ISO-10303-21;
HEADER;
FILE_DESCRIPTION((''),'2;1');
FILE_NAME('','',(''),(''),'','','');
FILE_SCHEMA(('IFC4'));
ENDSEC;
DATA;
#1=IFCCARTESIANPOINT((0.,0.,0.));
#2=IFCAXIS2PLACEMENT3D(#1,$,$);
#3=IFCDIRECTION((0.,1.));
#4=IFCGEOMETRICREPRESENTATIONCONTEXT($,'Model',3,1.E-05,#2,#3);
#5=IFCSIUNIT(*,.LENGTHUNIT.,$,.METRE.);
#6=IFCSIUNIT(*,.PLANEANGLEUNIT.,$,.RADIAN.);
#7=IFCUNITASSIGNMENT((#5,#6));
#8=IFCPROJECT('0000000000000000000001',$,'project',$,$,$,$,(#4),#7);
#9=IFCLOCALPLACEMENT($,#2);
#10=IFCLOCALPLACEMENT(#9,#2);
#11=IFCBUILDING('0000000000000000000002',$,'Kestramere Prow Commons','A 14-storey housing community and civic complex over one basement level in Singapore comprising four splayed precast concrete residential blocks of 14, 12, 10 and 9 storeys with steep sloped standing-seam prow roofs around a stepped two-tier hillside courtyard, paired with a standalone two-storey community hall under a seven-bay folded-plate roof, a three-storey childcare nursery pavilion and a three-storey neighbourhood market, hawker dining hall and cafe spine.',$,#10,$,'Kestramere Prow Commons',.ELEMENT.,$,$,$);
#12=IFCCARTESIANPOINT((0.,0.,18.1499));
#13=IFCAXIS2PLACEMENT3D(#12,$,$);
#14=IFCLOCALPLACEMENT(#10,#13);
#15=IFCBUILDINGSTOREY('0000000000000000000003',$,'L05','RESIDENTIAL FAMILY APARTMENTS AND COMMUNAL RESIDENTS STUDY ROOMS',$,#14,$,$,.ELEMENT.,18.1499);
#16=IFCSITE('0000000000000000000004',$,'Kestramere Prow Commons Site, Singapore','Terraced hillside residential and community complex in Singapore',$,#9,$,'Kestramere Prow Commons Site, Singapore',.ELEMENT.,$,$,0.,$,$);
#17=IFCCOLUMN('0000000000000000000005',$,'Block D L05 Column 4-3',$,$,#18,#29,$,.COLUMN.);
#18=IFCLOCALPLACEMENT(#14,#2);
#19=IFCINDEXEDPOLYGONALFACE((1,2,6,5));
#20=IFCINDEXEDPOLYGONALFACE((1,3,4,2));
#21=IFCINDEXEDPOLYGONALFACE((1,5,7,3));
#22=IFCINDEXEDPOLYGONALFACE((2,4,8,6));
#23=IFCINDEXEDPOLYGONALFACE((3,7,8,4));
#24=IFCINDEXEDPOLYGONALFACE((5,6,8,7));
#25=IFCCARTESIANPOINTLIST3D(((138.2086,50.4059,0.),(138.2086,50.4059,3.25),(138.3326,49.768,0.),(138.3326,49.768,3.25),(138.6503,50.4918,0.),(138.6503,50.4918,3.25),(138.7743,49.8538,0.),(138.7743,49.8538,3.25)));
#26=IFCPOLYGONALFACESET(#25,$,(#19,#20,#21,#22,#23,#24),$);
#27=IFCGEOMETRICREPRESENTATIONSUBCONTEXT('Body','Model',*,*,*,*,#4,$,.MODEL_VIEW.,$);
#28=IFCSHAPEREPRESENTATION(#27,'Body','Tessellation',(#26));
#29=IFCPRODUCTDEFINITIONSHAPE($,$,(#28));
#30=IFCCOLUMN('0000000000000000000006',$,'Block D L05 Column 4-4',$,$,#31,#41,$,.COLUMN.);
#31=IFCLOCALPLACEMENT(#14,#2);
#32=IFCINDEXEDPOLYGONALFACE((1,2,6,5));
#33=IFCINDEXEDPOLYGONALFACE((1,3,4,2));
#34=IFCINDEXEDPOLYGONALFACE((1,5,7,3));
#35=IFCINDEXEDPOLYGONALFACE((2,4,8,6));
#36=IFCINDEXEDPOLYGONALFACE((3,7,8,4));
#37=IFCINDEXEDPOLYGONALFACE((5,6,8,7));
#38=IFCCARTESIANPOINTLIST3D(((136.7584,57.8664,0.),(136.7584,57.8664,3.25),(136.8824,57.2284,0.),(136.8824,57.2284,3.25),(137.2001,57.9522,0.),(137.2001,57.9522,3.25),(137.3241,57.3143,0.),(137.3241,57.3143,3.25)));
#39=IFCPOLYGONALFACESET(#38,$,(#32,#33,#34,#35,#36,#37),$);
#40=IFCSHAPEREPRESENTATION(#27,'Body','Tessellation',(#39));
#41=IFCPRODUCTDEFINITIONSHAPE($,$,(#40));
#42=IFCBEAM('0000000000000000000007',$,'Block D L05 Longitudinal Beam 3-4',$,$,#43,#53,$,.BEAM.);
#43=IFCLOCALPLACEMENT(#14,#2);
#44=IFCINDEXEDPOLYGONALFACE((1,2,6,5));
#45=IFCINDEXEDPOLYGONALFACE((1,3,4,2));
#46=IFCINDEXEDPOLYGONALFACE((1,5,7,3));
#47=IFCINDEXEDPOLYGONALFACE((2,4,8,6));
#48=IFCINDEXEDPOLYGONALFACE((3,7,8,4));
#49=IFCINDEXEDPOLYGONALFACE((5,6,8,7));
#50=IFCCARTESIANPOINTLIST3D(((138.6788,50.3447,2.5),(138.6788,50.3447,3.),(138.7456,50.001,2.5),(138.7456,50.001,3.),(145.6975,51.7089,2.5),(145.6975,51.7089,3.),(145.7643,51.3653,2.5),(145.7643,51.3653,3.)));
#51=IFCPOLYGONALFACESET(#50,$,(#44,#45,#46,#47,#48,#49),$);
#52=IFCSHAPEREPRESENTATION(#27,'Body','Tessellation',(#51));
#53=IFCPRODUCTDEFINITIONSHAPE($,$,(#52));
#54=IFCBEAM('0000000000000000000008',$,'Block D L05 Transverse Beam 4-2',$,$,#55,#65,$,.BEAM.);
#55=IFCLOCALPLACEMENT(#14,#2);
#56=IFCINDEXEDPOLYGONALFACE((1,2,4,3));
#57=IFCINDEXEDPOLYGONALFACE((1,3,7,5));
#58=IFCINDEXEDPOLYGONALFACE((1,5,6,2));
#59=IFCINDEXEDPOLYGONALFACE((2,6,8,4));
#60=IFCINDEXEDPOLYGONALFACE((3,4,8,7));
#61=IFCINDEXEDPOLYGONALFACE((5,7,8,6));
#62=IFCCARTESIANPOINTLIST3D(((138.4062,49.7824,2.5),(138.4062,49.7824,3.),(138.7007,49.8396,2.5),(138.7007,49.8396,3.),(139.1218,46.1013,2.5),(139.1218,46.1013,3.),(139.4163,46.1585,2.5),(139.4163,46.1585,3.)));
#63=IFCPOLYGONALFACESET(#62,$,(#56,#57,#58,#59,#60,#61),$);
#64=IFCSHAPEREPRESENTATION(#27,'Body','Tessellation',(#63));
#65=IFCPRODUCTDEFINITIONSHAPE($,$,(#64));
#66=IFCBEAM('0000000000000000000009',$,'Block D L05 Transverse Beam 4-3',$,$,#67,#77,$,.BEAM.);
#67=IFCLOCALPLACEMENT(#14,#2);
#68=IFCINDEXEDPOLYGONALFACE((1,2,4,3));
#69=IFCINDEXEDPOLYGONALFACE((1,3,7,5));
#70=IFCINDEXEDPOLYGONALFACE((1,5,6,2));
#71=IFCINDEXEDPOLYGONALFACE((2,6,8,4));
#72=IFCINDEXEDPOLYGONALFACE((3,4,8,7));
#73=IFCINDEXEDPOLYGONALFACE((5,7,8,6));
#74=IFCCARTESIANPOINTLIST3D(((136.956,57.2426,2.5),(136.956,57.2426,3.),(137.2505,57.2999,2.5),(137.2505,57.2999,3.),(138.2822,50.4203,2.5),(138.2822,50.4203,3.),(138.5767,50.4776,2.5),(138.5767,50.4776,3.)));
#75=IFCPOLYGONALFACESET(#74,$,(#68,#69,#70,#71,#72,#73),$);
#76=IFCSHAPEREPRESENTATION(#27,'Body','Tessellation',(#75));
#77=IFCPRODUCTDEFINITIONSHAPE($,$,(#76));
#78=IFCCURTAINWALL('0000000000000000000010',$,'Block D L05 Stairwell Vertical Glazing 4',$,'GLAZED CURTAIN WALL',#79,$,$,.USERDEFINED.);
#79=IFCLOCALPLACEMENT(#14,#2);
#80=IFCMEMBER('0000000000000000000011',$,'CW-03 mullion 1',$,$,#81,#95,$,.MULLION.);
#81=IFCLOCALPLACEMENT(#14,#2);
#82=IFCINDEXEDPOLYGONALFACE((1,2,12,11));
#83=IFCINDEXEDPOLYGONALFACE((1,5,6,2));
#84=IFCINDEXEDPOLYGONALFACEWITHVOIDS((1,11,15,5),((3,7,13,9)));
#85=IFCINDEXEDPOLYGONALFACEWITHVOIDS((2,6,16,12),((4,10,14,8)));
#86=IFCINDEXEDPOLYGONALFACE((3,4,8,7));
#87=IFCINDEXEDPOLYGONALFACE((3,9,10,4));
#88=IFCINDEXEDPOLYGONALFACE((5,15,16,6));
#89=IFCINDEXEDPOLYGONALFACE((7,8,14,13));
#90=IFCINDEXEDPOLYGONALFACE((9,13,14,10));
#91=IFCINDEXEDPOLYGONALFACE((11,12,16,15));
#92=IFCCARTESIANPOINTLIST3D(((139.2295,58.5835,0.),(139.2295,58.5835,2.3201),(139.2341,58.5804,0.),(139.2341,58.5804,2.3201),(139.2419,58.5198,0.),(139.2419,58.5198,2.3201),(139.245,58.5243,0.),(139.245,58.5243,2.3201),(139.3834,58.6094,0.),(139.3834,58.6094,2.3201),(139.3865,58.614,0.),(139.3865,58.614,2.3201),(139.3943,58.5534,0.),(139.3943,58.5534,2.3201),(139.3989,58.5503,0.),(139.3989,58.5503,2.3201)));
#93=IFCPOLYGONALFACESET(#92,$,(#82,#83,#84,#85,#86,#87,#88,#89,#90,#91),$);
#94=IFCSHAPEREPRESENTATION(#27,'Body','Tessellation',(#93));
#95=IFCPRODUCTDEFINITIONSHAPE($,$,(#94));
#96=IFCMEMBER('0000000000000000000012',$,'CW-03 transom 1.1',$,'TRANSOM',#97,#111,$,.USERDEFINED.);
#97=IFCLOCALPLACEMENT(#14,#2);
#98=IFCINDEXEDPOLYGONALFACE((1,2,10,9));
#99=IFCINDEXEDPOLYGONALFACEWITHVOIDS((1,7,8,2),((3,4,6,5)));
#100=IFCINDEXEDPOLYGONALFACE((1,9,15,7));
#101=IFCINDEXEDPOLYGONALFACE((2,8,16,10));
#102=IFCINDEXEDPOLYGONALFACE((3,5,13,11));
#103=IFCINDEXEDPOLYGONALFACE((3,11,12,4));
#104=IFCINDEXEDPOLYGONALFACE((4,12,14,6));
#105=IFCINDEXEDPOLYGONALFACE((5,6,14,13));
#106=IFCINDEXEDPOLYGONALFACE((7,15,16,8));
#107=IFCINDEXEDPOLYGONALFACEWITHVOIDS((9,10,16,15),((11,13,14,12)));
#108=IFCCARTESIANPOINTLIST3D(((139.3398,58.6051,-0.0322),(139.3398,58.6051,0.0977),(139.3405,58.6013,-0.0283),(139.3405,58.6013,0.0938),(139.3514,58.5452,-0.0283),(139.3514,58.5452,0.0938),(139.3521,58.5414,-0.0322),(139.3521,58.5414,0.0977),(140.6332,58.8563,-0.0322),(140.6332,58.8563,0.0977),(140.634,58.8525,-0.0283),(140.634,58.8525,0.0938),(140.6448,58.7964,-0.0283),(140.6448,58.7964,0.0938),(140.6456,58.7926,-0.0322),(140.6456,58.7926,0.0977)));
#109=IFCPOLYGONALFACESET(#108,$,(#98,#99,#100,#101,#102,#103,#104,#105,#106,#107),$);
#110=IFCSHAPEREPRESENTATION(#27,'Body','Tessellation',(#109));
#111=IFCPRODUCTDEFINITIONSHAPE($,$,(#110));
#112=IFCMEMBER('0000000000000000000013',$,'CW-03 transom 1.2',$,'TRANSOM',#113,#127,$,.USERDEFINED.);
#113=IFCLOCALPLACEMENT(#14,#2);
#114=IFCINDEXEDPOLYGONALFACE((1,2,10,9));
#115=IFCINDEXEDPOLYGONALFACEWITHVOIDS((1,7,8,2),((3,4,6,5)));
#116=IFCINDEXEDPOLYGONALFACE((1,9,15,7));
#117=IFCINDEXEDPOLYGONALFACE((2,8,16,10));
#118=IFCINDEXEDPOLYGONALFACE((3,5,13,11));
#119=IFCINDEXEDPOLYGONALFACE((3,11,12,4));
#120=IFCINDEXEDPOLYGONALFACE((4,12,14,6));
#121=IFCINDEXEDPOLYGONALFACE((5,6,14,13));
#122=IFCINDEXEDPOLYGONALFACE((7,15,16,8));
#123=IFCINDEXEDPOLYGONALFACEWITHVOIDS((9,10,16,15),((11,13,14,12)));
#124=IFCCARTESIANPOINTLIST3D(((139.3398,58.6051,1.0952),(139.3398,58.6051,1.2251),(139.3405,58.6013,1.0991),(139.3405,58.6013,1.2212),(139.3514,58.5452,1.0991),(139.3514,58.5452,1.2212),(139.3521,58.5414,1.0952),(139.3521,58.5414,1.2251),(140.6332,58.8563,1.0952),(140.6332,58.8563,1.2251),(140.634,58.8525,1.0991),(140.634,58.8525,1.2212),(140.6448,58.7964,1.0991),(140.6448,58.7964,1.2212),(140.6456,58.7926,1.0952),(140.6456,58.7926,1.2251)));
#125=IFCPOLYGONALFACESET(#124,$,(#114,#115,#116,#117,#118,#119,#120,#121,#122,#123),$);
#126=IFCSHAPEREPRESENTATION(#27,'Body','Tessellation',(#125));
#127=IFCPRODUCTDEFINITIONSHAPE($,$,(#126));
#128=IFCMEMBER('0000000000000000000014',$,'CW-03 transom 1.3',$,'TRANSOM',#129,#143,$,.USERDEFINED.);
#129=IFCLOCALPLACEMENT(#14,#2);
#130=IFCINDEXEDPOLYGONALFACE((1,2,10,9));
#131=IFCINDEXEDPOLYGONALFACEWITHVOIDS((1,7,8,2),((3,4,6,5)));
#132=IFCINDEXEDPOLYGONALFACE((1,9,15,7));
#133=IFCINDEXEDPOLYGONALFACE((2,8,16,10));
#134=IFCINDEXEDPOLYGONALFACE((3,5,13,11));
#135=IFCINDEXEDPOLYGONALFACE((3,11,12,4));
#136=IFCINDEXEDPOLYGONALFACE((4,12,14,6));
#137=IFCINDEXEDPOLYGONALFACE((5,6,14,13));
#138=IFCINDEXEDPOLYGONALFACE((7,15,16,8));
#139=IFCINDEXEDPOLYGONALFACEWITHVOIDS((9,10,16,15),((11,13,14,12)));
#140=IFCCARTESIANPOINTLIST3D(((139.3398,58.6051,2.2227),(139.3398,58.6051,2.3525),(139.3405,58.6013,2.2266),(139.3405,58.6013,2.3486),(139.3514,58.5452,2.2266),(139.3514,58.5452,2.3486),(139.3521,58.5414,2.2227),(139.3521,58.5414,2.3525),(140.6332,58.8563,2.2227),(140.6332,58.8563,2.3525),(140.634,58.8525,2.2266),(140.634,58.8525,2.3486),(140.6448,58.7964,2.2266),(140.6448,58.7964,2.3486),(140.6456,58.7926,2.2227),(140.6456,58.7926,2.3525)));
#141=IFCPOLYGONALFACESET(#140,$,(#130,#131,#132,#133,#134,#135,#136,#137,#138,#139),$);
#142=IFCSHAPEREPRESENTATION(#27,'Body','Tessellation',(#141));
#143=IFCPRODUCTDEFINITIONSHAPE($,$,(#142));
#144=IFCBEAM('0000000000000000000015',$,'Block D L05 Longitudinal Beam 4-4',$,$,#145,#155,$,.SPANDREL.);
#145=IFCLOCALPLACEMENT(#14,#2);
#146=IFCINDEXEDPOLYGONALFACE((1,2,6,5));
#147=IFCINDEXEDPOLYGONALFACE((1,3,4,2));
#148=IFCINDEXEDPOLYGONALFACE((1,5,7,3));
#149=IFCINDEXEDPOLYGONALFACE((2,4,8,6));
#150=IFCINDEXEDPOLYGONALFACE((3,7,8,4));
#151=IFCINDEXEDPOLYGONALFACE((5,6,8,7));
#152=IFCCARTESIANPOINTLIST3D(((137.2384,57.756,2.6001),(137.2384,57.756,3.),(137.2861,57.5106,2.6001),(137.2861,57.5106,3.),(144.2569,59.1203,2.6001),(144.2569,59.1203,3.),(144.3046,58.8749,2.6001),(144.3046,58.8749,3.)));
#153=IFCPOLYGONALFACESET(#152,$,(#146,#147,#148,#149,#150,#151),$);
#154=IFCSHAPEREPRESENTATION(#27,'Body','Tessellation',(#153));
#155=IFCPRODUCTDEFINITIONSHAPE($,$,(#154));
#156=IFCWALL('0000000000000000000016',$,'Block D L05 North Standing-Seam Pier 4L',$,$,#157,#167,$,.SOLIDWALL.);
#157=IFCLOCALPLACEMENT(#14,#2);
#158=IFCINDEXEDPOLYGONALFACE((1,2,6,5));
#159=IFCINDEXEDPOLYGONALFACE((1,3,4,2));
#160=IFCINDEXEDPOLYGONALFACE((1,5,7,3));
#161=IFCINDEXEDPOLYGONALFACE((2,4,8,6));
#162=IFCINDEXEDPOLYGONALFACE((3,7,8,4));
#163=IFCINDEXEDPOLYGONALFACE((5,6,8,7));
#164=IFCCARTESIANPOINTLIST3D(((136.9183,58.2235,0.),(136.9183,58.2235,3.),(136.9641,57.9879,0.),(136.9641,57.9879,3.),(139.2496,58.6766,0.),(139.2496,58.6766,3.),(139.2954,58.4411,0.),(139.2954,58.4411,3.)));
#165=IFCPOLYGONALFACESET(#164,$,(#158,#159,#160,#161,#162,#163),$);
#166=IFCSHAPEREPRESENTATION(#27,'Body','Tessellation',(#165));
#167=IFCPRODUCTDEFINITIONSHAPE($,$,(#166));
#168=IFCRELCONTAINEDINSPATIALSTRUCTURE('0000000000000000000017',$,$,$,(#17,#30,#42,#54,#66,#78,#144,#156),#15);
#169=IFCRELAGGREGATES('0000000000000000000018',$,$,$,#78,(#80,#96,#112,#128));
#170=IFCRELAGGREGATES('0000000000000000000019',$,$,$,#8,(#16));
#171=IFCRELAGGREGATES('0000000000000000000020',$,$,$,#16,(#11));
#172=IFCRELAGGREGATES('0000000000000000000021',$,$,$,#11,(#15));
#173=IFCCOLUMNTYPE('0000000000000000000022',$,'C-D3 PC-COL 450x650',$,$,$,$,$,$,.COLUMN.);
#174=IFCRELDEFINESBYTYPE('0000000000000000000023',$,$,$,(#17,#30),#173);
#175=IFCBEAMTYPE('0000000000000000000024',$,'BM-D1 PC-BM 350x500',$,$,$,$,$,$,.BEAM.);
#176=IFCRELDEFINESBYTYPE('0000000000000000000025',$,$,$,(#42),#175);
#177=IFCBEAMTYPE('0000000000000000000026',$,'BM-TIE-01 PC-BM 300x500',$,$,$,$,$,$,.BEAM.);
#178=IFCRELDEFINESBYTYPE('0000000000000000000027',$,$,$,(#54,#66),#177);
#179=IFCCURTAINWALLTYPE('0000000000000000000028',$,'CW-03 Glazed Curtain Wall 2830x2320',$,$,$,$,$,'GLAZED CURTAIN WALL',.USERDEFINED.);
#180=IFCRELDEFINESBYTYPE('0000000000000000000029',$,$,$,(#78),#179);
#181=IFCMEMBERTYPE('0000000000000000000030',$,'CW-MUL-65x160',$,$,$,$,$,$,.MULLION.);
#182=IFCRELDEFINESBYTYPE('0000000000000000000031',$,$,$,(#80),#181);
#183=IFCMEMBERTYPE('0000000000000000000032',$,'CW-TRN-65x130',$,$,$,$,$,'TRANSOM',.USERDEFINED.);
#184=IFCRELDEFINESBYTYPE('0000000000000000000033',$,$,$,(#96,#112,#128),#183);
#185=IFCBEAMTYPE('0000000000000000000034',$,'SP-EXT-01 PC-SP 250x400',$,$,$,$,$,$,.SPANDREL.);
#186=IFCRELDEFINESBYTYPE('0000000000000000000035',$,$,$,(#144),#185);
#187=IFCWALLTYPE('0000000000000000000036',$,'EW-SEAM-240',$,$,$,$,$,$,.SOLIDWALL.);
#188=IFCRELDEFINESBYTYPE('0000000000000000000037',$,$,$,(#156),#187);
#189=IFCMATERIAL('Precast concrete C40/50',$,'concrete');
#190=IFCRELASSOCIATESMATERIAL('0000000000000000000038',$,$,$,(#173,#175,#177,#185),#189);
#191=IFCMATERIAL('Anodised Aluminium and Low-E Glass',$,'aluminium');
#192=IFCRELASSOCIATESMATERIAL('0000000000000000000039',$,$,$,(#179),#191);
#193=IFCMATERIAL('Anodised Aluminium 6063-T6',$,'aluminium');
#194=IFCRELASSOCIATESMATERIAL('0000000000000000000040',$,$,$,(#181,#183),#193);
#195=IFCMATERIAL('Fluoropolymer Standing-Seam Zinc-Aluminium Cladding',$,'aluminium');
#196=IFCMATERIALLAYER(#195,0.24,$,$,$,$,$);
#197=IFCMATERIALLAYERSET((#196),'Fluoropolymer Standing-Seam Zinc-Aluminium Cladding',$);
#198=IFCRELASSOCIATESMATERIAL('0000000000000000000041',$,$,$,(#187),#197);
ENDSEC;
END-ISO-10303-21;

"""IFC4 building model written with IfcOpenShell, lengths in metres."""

from ifc_helpers import new_model, si_unit, direction, frame, frame_2d, origin, origin_2d, place, context, subcontext, project, spatial, rectangle, hollow_rectangle, extrude, material, layer, layer_set, material_profile, profile_set, type_object, element, aggregate, save


model = new_model("IFC4")

# Units and contexts
model_context = context("Model", 3, precision=1e-05, world=origin(), true_north=direction((0.0, 1.0)))
body_context = subcontext(model_context, "Body", "Model", "MODEL_VIEW")
ifc_project = project(units=[si_unit("LENGTHUNIT", "METRE"), si_unit("PLANEANGLEUNIT", "RADIAN")], contexts=[model_context])

# Site, building, storey
site_placement = place(None, origin())
site = spatial("IfcSite", under=ifc_project, at=site_placement, Name="Kestramere Prow Commons Site, Singapore", Description="Terraced hillside residential and community complex in Singapore", LongName="Kestramere Prow Commons Site, Singapore", CompositionType="ELEMENT", RefElevation=0.0)
building_placement = place(site_placement, origin())
building = spatial("IfcBuilding", under=site, at=building_placement, Name="Kestramere Prow Commons", Description="A 14-storey housing community and civic complex over one basement level in Singapore comprising four splayed precast concrete residential blocks of 14, 12, 10 and 9 storeys with steep sloped standing-seam prow roofs around a stepped two-tier hillside courtyard, paired with a standalone two-storey community hall under a seven-bay folded-plate roof, a three-storey childcare nursery pavilion and a three-storey neighbourhood market, hawker dining hall and cafe spine.", LongName="Kestramere Prow Commons", CompositionType="ELEMENT")
storey_placement = place(building_placement, frame((0.0, 0.0, 18.1499)))
storey = spatial("IfcBuildingStorey", under=building, at=storey_placement, Name="L05", Description="RESIDENTIAL FAMILY APARTMENTS AND COMMUNAL RESIDENTS STUDY ROOMS", CompositionType="ELEMENT", Elevation=18.1499)

# Columns
ifc_material_1 = material(Name="Precast concrete C40/50", Category="concrete")
ifc_material_profile_1 = material_profile(ifc_material_1, rectangle(XDim=0.45, YDim=0.6499, at=origin_2d()), Name="PC-COL 450x650")
ifc_profile_set_1 = profile_set([ifc_material_profile_1], Name="Precast concrete C40/50")
column_type = type_object("IfcColumnType", Name="C-D3 PC-COL 450x650", PredefinedType="COLUMN", material=ifc_profile_set_1)
for number, where, z_axis, x_axis, name in (
    (1, (138.4915, 50.1299, 0.0), (0.0, 0.0, 1.0), (0.981627, 0.190809, 0.0), "Block D L05 Column 4-3"),
    (2, (137.0413, 57.5903, 0.0), (0.0, 0.0, 1.0), (0.981627, 0.190809, 0.0), "Block D L05 Column 4-4"),
):
    element("IfcColumn", number, at=place(storey_placement, frame(where, z_axis=z_axis, x_axis=x_axis)), inside=storey, type_object=column_type, Name=name, PredefinedType="COLUMN", context=body_context, shape_type="SweptSolid", body=[
        extrude(rectangle(XDim=0.45, YDim=0.6499, at=origin_2d()), origin(), (0.0, 0.0, 1.0), 3.25),
    ])

# Beams
ifc_material_profile_2 = material_profile(ifc_material_1, rectangle(XDim=0.3501, YDim=0.5, at=origin_2d()), Name="PC-BM 350x500")
ifc_profile_set_2 = profile_set([ifc_material_profile_2], Name="Precast concrete C40/50")
beam_type_1 = type_object("IfcBeamType", Name="BM-D1 PC-BM 350x500", PredefinedType="BEAM", material=ifc_profile_set_2)
beam_1_placement = place(storey_placement, frame((138.7122, 50.1729, 2.75), z_axis=(0.981629, 0.190801, 0.0), x_axis=(-0.190801, 0.981629, 0.0)))
element("IfcBeam", 3, at=beam_1_placement, inside=storey, type_object=beam_type_1, Name="Block D L05 Longitudinal Beam 3-4", PredefinedType="BEAM", context=body_context, shape_type="SweptSolid", body=[
    extrude(rectangle(XDim=0.3501, YDim=0.5, at=origin_2d()), origin(), (0.0, 0.0, 1.0), 7.1501),
])
ifc_material_profile_3 = material_profile(ifc_material_1, rectangle(XDim=0.3, YDim=0.5, at=origin_2d()), Name="PC-BM 300x500")
ifc_profile_set_3 = profile_set([ifc_material_profile_3], Name="Precast concrete C40/50")
beam_type_2 = type_object("IfcBeamType", Name="BM-TIE-01 PC-BM 300x500", PredefinedType="BEAM", material=ifc_profile_set_3)
beam_2_placement = place(storey_placement, frame((139.269, 46.1299, 2.75), z_axis=(-0.190817, 0.981626, 0.0), x_axis=(-0.981626, -0.190817, 0.0)))
element("IfcBeam", 4, at=beam_2_placement, inside=storey, type_object=beam_type_2, Name="Block D L05 Transverse Beam 4-2", PredefinedType="BEAM", context=body_context, shape_type="SweptSolid", body=[
    extrude(rectangle(XDim=0.3, YDim=0.5, at=origin_2d()), origin(), (0.0, 0.0, 1.0), 3.75),
])
beam_3_placement = place(storey_placement, frame((138.4294, 50.449, 2.75), z_axis=(-0.190817, 0.981626, 0.0), x_axis=(-0.981626, -0.190817, 0.0)))
element("IfcBeam", 5, at=beam_3_placement, inside=storey, type_object=beam_type_2, Name="Block D L05 Transverse Beam 4-3", PredefinedType="BEAM", context=body_context, shape_type="SweptSolid", body=[
    extrude(rectangle(XDim=0.3, YDim=0.5, at=origin_2d()), origin(), (0.0, 0.0, 1.0), 6.95),
])

# Curtain wall, members
ifc_material_2 = material(Name="Anodised Aluminium and Low-E Glass", Category="aluminium")
curtain_wall_type = type_object("IfcCurtainWallType", Name="CW-03 Glazed Curtain Wall 2830x2320", ElementType="GLAZED CURTAIN WALL", PredefinedType="USERDEFINED", material=ifc_material_2)
curtain_wall_placement = place(storey_placement, origin())
curtain_wall = element("IfcCurtainWall", 6, at=curtain_wall_placement, inside=storey, type_object=curtain_wall_type, Name="Block D L05 Stairwell Vertical Glazing 4", ObjectType="GLAZED CURTAIN WALL", PredefinedType="USERDEFINED")
ifc_material_3 = material(Name="Anodised Aluminium 6063-T6", Category="aluminium")
ifc_material_profile_4 = material_profile(ifc_material_3, hollow_rectangle(XDim=0.0649, YDim=0.1599, WallThickness=0.0039, at=origin_2d()), Name="ALU-MUL 65x160")
ifc_profile_set_4 = profile_set([ifc_material_profile_4], Name="Anodised Aluminium 6063-T6")
member_type_1 = type_object("IfcMemberType", Name="CW-MUL-65x160", PredefinedType="MULLION", material=ifc_profile_set_4)
member_1_placement = place(storey_placement, frame((139.3142, 58.5669, 0.0), z_axis=(0.0, 0.0, 1.0), x_axis=(-0.190809, 0.981627, 0.0)))
member_1 = element("IfcMember", 7, at=member_1_placement, type_object=member_type_1, Name="CW-03 mullion 1", PredefinedType="MULLION", context=body_context, shape_type="SweptSolid", body=[
    extrude(hollow_rectangle(XDim=0.0649, YDim=0.1599, WallThickness=0.0039, at=origin_2d()), origin(), (0.0, 0.0, 1.0), 2.3201),
])
ifc_material_profile_5 = material_profile(ifc_material_3, hollow_rectangle(XDim=0.0649, YDim=0.1299, WallThickness=0.0039, at=origin_2d()), Name="ALU-TRN 65x130")
ifc_profile_set_5 = profile_set([ifc_material_profile_5], Name="Anodised Aluminium 6063-T6")
member_type_2 = type_object("IfcMemberType", Name="CW-TRN-65x130", ElementType="TRANSOM", PredefinedType="USERDEFINED", material=ifc_profile_set_5)
member_2_placement = place(storey_placement, frame((139.3459, 58.5732, 0.0327), z_axis=(0.981656, 0.190661, 0.0), x_axis=(-0.190661, 0.981656, 0.0)))
member_2 = element("IfcMember", 8, at=member_2_placement, type_object=member_type_2, Name="CW-03 transom 1.1", ObjectType="TRANSOM", PredefinedType="USERDEFINED", context=body_context, shape_type="SweptSolid", body=[
    extrude(hollow_rectangle(XDim=0.0649, YDim=0.1299, WallThickness=0.0039, at=origin_2d()), origin(), (0.0, 0.0, 1.0), 1.3176),
])
member_3_placement = place(storey_placement, frame((139.3459, 58.5732, 1.1602), z_axis=(0.981656, 0.190661, 0.0), x_axis=(-0.190661, 0.981656, 0.0)))
member_3 = element("IfcMember", 9, at=member_3_placement, type_object=member_type_2, Name="CW-03 transom 1.2", ObjectType="TRANSOM", PredefinedType="USERDEFINED", context=body_context, shape_type="SweptSolid", body=[
    extrude(hollow_rectangle(XDim=0.0649, YDim=0.1299, WallThickness=0.0039, at=origin_2d()), origin(), (0.0, 0.0, 1.0), 1.3176),
])
member_4_placement = place(storey_placement, frame((139.3459, 58.5732, 2.2876), z_axis=(0.981656, 0.190661, 0.0), x_axis=(-0.190661, 0.981656, 0.0)))
member_4 = element("IfcMember", 10, at=member_4_placement, type_object=member_type_2, Name="CW-03 transom 1.3", ObjectType="TRANSOM", PredefinedType="USERDEFINED", context=body_context, shape_type="SweptSolid", body=[
    extrude(hollow_rectangle(XDim=0.0649, YDim=0.1299, WallThickness=0.0039, at=origin_2d()), origin(), (0.0, 0.0, 1.0), 1.3176),
])
aggregate(curtain_wall, [member_1, member_2, member_3, member_4])

# Beam
ifc_material_profile_6 = material_profile(ifc_material_1, rectangle(XDim=0.25, YDim=0.3999, at=origin_2d()), Name="PC-SP 250x400")
ifc_profile_set_6 = profile_set([ifc_material_profile_6], Name="Precast concrete C40/50")
beam_type_3 = type_object("IfcBeamType", Name="SP-EXT-01 PC-SP 250x400", PredefinedType="SPANDREL", material=ifc_profile_set_6)
beam_4_placement = place(storey_placement, frame((137.2622, 57.6333, 2.8), z_axis=(0.981627, 0.190808, 0.0), x_axis=(-0.190808, 0.981627, 0.0)))
element("IfcBeam", 11, at=beam_4_placement, inside=storey, type_object=beam_type_3, Name="Block D L05 Longitudinal Beam 4-4", PredefinedType="SPANDREL", context=body_context, shape_type="SweptSolid", body=[
    extrude(rectangle(XDim=0.25, YDim=0.3999, at=origin_2d()), origin(), (0.0, 0.0, 1.0), 7.1499),
])

# Wall
ifc_material_4 = material(Name="Fluoropolymer Standing-Seam Zinc-Aluminium Cladding", Category="aluminium")
ifc_layer_1 = layer(ifc_material_4, 0.24)
ifc_layer_set_1 = layer_set([ifc_layer_1], Name="Fluoropolymer Standing-Seam Zinc-Aluminium Cladding")
wall_type_1 = type_object("IfcWallType", Name="EW-SEAM-240", PredefinedType="SOLIDWALL", material=ifc_layer_set_1)
wall_1_placement = place(storey_placement, frame((136.9412, 58.1057, 0.0), z_axis=(0.0, 0.0, 1.0), x_axis=(0.98163, 0.190795, 0.0)))
element("IfcWall", 12, at=wall_1_placement, inside=storey, type_object=wall_type_1, Name="Block D L05 North Standing-Seam Pier 4L", PredefinedType="SOLIDWALL", context=body_context, shape_type="SweptSolid", body=[
    extrude(rectangle(XDim=2.375, YDim=0.24, at=frame_2d((1.1875, 0.0))), origin(), (0.0, 0.0, 1.0), 3.0),
])

save(model, "model.ifc")
